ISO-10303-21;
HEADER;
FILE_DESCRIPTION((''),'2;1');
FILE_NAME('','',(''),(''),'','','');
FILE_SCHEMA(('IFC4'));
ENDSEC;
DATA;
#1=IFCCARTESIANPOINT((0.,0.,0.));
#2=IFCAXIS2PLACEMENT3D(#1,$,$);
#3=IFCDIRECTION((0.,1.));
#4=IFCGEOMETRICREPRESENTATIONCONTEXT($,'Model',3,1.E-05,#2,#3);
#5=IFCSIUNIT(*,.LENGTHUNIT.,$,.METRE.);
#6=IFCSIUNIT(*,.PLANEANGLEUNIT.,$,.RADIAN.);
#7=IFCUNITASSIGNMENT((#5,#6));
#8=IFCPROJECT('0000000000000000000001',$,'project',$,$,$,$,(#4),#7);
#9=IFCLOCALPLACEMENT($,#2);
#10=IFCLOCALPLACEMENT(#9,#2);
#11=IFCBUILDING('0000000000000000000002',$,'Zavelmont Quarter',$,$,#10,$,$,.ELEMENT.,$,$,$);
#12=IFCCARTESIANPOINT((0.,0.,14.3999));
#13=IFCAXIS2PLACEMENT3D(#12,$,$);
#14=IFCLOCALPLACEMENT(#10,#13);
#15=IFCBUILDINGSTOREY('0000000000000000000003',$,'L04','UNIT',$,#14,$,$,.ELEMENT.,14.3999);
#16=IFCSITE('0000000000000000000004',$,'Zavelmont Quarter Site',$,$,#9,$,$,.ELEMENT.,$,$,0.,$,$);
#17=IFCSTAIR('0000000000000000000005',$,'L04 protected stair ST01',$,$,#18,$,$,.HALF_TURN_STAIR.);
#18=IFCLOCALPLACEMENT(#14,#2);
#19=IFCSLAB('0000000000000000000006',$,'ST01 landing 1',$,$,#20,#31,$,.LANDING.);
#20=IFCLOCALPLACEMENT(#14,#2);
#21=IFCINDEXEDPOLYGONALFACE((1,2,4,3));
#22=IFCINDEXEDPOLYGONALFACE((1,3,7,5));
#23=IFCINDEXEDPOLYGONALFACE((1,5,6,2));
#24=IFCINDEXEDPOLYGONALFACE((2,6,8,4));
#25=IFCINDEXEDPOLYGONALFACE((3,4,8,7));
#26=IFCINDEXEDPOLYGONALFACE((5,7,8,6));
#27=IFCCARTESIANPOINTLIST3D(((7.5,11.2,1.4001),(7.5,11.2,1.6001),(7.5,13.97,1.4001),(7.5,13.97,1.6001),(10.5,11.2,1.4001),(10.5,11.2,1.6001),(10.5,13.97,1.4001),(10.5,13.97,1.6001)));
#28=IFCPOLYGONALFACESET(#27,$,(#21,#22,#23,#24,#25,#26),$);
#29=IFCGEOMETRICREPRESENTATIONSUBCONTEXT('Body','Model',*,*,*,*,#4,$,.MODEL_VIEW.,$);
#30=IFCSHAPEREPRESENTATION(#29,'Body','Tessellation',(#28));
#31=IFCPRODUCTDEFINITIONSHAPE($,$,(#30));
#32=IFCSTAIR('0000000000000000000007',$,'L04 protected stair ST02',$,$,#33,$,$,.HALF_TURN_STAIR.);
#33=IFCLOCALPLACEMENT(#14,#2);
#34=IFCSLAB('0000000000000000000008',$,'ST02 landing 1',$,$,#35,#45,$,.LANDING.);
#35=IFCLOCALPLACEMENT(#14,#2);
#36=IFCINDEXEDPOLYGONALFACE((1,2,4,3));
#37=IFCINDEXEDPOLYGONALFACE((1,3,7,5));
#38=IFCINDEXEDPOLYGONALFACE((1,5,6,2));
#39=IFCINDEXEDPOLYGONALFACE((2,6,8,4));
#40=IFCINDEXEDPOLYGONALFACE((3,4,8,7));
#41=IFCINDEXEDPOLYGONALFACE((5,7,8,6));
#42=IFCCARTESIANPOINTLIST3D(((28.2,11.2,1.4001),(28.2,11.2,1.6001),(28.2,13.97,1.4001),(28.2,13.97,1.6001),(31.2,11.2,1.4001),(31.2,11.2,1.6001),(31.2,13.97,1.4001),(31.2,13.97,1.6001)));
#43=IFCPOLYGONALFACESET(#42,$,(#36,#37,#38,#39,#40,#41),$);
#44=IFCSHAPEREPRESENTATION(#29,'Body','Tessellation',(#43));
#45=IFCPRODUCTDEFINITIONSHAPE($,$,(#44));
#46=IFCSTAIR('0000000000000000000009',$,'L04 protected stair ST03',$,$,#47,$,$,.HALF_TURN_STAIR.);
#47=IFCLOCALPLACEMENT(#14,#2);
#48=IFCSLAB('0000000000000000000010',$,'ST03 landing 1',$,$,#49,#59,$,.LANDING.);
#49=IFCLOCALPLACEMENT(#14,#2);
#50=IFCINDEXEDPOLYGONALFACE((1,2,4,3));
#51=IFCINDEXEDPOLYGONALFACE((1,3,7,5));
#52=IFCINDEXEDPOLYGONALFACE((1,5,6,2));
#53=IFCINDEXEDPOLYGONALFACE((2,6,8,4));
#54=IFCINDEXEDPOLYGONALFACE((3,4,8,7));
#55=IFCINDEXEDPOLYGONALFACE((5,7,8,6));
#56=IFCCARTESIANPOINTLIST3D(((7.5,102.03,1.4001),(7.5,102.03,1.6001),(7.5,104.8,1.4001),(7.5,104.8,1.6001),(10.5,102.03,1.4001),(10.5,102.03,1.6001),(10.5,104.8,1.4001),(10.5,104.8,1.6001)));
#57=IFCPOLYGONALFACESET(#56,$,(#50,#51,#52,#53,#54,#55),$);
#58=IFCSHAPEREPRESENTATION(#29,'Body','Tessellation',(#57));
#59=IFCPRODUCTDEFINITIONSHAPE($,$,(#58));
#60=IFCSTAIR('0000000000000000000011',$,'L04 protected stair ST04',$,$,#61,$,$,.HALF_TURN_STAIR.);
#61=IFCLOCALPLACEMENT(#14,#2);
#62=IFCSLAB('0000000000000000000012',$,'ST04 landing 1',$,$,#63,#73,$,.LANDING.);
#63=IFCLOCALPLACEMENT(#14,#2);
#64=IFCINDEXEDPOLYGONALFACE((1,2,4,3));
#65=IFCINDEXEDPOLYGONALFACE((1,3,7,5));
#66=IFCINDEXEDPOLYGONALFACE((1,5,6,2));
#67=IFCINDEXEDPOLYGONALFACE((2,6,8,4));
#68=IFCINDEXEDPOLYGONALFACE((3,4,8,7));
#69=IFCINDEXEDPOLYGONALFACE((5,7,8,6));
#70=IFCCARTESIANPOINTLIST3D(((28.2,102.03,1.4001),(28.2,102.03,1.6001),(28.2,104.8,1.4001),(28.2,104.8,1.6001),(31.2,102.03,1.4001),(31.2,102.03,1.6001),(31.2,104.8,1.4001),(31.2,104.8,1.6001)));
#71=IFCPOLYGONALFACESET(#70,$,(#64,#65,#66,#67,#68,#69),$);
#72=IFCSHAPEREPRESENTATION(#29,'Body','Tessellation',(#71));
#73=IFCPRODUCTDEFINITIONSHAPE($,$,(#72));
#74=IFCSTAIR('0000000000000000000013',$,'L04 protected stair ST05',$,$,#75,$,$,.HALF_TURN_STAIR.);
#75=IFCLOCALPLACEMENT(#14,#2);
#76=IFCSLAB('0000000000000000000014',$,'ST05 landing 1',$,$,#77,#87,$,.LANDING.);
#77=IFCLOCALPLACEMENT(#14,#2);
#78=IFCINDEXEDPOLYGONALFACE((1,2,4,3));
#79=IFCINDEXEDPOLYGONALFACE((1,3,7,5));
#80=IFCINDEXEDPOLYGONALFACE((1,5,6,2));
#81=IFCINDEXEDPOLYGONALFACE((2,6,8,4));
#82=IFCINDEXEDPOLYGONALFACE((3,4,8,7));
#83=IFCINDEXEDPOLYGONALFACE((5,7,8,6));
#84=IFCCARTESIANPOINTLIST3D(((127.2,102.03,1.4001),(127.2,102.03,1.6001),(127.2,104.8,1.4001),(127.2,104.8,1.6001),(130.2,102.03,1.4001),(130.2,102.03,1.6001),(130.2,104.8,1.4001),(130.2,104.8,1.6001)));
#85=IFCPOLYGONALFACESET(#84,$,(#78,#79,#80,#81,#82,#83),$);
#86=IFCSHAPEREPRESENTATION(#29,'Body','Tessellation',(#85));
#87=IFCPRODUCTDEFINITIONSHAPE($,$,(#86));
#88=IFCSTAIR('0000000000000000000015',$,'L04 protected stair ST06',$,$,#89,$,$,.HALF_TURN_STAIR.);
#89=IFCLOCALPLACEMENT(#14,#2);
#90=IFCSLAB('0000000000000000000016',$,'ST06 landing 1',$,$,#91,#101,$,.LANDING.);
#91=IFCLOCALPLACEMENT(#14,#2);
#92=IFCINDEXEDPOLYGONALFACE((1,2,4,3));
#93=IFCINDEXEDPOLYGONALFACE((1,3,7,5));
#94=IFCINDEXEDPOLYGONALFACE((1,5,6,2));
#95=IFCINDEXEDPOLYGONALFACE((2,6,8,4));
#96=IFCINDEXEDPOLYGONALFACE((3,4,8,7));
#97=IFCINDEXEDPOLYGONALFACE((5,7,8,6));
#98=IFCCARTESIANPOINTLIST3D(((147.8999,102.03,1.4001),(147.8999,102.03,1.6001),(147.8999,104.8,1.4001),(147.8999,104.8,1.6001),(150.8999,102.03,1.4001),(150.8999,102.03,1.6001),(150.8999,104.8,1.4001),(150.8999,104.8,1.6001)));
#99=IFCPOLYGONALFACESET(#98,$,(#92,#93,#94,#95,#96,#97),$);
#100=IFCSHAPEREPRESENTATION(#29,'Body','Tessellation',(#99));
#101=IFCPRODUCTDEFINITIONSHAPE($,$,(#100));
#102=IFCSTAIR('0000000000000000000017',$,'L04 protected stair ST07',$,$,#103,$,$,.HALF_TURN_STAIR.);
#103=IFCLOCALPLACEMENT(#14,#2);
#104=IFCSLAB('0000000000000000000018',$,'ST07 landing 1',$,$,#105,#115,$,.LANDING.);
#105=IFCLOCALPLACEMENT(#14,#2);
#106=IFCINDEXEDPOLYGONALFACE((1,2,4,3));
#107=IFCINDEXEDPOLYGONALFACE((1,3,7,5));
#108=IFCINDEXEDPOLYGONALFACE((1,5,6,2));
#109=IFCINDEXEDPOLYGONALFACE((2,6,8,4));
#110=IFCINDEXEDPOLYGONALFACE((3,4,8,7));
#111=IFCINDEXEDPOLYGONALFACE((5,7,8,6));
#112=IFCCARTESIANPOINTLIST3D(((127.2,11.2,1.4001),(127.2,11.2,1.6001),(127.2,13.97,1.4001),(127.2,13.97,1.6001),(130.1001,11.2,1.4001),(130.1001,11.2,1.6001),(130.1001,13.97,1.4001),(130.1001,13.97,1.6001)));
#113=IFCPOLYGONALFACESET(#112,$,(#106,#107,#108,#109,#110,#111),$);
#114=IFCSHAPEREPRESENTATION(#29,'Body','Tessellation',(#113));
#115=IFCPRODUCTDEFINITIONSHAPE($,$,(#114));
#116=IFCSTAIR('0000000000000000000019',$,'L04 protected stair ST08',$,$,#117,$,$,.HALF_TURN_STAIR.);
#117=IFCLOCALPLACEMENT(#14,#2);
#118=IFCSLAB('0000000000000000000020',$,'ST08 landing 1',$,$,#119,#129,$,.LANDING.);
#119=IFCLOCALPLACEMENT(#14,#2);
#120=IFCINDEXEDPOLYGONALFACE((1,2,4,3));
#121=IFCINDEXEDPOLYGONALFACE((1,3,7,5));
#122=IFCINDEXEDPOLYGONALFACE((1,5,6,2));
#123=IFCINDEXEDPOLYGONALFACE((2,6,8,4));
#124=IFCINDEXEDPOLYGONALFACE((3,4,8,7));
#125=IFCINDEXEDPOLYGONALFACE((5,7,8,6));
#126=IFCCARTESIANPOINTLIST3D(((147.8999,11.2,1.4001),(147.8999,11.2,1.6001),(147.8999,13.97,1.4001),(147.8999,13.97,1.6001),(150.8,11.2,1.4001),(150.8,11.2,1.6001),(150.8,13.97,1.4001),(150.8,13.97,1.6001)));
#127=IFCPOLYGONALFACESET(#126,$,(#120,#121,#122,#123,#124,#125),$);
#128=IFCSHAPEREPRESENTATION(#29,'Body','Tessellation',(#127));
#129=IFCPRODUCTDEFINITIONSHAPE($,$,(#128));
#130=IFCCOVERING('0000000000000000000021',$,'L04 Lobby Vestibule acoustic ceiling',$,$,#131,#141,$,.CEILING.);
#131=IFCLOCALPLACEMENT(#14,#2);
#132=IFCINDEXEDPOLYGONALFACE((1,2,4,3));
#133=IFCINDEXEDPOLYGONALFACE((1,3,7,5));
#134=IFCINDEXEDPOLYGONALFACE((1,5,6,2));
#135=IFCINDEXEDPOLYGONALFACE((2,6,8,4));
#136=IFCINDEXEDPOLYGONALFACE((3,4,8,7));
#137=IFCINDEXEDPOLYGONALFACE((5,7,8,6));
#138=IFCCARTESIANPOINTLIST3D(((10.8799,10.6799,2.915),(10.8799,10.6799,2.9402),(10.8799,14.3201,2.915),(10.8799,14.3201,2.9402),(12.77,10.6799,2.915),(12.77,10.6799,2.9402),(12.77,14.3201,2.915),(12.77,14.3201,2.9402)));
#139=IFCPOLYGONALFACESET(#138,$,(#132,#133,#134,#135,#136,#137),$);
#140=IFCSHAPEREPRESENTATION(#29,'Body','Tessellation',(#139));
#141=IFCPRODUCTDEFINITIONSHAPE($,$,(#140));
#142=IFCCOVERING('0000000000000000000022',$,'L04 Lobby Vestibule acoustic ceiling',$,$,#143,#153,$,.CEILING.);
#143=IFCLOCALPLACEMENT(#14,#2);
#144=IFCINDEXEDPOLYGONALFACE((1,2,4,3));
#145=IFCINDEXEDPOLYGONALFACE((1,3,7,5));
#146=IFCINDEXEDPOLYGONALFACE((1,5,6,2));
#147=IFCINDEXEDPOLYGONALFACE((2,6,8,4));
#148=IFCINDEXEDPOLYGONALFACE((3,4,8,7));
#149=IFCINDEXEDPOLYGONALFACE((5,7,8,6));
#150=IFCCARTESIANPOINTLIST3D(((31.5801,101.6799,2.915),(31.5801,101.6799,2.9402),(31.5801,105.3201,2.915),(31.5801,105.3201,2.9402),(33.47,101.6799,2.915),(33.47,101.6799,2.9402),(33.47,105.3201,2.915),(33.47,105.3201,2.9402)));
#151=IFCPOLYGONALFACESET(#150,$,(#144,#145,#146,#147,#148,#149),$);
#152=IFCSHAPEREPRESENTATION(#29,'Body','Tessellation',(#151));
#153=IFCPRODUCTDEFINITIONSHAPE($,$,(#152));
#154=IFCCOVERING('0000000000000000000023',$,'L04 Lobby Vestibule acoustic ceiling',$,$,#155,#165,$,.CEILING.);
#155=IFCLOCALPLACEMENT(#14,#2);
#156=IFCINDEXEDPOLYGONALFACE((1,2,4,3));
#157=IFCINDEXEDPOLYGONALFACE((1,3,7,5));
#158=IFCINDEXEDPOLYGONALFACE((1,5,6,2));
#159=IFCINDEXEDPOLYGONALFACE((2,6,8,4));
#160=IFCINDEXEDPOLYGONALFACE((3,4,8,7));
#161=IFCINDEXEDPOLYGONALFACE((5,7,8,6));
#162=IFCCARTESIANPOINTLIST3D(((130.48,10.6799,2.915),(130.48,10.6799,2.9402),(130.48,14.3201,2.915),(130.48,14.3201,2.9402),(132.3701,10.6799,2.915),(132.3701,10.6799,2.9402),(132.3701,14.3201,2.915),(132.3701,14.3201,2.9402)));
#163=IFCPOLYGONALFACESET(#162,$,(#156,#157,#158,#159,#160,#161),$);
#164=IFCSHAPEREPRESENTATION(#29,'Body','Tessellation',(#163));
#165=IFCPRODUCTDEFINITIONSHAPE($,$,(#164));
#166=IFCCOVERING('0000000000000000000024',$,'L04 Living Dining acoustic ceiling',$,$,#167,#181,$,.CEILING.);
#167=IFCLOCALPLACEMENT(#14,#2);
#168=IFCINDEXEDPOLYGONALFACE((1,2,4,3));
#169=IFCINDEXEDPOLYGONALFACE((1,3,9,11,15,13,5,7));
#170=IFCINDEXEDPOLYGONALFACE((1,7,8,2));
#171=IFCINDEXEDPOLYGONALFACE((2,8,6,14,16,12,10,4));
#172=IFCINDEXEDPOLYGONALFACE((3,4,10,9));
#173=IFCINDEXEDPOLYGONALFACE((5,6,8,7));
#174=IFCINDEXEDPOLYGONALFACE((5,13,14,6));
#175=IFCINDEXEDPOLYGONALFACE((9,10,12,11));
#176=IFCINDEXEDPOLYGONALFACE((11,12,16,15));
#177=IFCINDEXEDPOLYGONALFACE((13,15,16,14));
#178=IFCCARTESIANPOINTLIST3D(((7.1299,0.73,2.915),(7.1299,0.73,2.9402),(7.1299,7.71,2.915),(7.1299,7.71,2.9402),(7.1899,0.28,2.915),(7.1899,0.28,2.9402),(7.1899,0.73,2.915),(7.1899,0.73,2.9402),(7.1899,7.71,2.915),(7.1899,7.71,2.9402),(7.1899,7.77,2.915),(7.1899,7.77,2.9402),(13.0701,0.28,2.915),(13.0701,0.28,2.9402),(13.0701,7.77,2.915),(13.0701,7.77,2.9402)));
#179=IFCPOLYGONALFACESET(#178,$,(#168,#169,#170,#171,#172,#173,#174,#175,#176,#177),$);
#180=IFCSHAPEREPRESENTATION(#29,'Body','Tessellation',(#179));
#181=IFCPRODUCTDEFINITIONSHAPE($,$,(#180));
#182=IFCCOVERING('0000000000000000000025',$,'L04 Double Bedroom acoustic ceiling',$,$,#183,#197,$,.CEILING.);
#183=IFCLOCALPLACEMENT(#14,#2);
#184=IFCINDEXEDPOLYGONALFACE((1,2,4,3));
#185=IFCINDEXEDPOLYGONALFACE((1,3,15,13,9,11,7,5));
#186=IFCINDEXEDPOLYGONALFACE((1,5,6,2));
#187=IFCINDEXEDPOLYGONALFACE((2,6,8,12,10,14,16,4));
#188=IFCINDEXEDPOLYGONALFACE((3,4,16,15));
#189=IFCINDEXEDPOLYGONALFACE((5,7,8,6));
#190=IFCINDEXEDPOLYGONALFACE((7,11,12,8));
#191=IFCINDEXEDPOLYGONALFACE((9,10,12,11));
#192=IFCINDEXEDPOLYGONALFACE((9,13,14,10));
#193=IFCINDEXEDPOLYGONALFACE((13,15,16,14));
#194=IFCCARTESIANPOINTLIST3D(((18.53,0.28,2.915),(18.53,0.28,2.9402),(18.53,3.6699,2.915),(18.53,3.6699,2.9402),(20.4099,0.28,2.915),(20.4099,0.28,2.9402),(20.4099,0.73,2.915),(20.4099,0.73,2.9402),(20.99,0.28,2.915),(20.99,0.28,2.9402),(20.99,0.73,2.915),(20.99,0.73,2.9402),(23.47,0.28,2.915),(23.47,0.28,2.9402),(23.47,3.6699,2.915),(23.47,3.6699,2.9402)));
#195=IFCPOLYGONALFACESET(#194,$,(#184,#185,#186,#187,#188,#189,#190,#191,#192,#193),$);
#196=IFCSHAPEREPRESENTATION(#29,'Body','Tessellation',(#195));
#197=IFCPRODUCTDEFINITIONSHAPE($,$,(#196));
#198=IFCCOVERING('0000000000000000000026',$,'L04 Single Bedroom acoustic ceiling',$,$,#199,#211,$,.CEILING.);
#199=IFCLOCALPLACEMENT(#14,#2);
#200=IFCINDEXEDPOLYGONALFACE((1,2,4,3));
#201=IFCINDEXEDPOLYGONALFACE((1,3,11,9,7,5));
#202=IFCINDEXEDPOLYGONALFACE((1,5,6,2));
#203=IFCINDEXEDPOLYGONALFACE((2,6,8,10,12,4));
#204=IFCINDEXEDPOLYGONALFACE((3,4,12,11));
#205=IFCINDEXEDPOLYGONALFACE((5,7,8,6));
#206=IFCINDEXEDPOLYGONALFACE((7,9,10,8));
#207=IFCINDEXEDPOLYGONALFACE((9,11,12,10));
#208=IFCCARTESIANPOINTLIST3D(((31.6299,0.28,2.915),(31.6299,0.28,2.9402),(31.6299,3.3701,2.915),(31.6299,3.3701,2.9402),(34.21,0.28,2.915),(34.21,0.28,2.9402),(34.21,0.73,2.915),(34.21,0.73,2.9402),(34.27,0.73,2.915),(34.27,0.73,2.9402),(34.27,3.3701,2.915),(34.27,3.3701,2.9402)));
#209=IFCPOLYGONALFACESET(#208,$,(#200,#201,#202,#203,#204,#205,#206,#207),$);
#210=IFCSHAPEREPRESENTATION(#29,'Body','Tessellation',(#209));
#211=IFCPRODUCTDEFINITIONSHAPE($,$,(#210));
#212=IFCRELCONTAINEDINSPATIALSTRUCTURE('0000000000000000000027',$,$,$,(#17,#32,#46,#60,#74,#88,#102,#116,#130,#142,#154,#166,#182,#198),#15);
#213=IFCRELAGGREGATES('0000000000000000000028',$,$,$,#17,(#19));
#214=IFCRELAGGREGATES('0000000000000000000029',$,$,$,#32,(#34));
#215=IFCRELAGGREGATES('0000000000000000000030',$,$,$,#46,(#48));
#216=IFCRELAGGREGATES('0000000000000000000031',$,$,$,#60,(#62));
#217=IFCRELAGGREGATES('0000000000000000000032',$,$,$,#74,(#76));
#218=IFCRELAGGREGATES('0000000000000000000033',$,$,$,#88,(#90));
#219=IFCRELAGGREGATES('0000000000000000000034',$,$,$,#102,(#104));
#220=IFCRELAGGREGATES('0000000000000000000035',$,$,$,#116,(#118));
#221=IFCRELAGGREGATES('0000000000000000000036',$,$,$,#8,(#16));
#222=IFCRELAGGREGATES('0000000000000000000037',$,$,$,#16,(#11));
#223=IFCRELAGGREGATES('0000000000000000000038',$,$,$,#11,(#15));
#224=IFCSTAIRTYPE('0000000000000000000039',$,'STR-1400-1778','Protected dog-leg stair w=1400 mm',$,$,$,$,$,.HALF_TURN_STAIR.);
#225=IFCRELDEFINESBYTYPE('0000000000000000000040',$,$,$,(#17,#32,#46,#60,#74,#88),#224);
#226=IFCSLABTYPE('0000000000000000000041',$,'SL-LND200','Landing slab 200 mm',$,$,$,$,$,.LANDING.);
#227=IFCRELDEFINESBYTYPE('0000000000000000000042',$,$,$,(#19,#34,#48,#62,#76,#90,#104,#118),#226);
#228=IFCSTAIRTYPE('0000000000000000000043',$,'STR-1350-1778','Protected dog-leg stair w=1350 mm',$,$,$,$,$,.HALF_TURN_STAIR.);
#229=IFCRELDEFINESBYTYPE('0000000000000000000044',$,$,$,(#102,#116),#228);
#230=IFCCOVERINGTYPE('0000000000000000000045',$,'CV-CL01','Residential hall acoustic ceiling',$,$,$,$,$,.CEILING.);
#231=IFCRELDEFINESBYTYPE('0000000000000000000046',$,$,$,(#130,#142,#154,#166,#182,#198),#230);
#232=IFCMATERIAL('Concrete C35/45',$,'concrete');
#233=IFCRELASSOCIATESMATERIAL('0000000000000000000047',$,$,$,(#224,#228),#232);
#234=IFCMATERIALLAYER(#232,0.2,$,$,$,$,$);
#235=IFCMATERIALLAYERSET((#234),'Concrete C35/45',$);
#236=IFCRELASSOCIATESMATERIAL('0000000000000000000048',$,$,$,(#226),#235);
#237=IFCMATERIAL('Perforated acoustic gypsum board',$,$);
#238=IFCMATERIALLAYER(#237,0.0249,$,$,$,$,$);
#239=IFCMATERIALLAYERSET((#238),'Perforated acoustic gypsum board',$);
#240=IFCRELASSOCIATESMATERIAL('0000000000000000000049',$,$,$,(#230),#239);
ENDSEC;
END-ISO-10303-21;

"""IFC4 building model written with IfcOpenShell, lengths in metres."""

from ifc_helpers import new_model, si_unit, direction, frame, origin, place, context, subcontext, project, spatial, polyline, outline, extrude, material, layer, layer_set, type_object, element, aggregate, save


model = new_model("IFC4")

# Units and contexts
model_context = context("Model", 3, precision=1e-05, world=origin(), true_north=direction((0.0, 1.0)))
body_context = subcontext(model_context, "Body", "Model", "MODEL_VIEW")
ifc_project = project(units=[si_unit("LENGTHUNIT", "METRE"), si_unit("PLANEANGLEUNIT", "RADIAN")], contexts=[model_context])

# Site, building, storey
site_placement = place(None, origin())
site = spatial("IfcSite", under=ifc_project, at=site_placement, Name="Zavelmont Quarter Site", CompositionType="ELEMENT", RefElevation=0.0)
building_placement = place(site_placement, origin())
building = spatial("IfcBuilding", under=site, at=building_placement, Name="Zavelmont Quarter", CompositionType="ELEMENT")
storey_placement = place(building_placement, frame((0.0, 0.0, 14.3999)))
storey = spatial("IfcBuildingStorey", under=building, at=storey_placement, Name="L04", Description="UNIT", CompositionType="ELEMENT", Elevation=14.3999)

# Stairs, slabs
ifc_material_1 = material(Name="Concrete C35/45", Category="concrete")
stair_type_1 = type_object("IfcStairType", Name="STR-1400-1778", Description="Protected dog-leg stair w=1400 mm", PredefinedType="HALF_TURN_STAIR", material=ifc_material_1)
stair_1_placement = place(storey_placement, origin())
stair_1 = element("IfcStair", 1, at=stair_1_placement, inside=storey, type_object=stair_type_1, Name="L04 protected stair ST01", PredefinedType="HALF_TURN_STAIR")
ifc_layer_1 = layer(ifc_material_1, 0.2)
ifc_layer_set_1 = layer_set([ifc_layer_1], Name="Concrete C35/45")
slab_type = type_object("IfcSlabType", Name="SL-LND200", Description="Landing slab 200 mm", PredefinedType="LANDING", material=ifc_layer_set_1)
slab_1_placement = place(storey_placement, frame((0.0, 0.0, 1.4001)))
slab_1 = element("IfcSlab", 2, at=slab_1_placement, type_object=slab_type, Name="ST01 landing 1", PredefinedType="LANDING", context=body_context, shape_type="SweptSolid", body=[
    extrude(outline(polyline([(7.5, 13.97), (7.5, 11.2), (10.5, 11.2), (10.5, 13.97), (7.5, 13.97)])), origin(), (0.0, 0.0, 1.0), 0.2),
])
aggregate(stair_1, [slab_1])
stair_2_placement = place(storey_placement, origin())
stair_2 = element("IfcStair", 3, at=stair_2_placement, inside=storey, type_object=stair_type_1, Name="L04 protected stair ST02", PredefinedType="HALF_TURN_STAIR")
slab_2_placement = place(storey_placement, frame((0.0, 0.0, 1.4001)))
slab_2 = element("IfcSlab", 4, at=slab_2_placement, type_object=slab_type, Name="ST02 landing 1", PredefinedType="LANDING", context=body_context, shape_type="SweptSolid", body=[
    extrude(outline(polyline([(28.2, 13.97), (28.2, 11.2), (31.2, 11.2), (31.2, 13.97), (28.2, 13.97)])), origin(), (0.0, 0.0, 1.0), 0.2),
])
aggregate(stair_2, [slab_2])
stair_3_placement = place(storey_placement, origin())
stair_3 = element("IfcStair", 5, at=stair_3_placement, inside=storey, type_object=stair_type_1, Name="L04 protected stair ST03", PredefinedType="HALF_TURN_STAIR")
slab_3_placement = place(storey_placement, frame((0.0, 0.0, 1.4001)))
slab_3 = element("IfcSlab", 6, at=slab_3_placement, type_object=slab_type, Name="ST03 landing 1", PredefinedType="LANDING", context=body_context, shape_type="SweptSolid", body=[
    extrude(outline(polyline([(10.5, 102.03), (10.5, 104.8), (7.5, 104.8), (7.5, 102.03), (10.5, 102.03)])), origin(), (0.0, 0.0, 1.0), 0.2),
])
aggregate(stair_3, [slab_3])
stair_4_placement = place(storey_placement, origin())
stair_4 = element("IfcStair", 7, at=stair_4_placement, inside=storey, type_object=stair_type_1, Name="L04 protected stair ST04", PredefinedType="HALF_TURN_STAIR")
slab_4_placement = place(storey_placement, frame((0.0, 0.0, 1.4001)))
slab_4 = element("IfcSlab", 8, at=slab_4_placement, type_object=slab_type, Name="ST04 landing 1", PredefinedType="LANDING", context=body_context, shape_type="SweptSolid", body=[
    extrude(outline(polyline([(31.2, 102.03), (31.2, 104.8), (28.2, 104.8), (28.2, 102.03), (31.2, 102.03)])), origin(), (0.0, 0.0, 1.0), 0.2),
])
aggregate(stair_4, [slab_4])
stair_5_placement = place(storey_placement, origin())
stair_5 = element("IfcStair", 9, at=stair_5_placement, inside=storey, type_object=stair_type_1, Name="L04 protected stair ST05", PredefinedType="HALF_TURN_STAIR")
slab_5_placement = place(storey_placement, frame((0.0, 0.0, 1.4001)))
slab_5 = element("IfcSlab", 10, at=slab_5_placement, type_object=slab_type, Name="ST05 landing 1", PredefinedType="LANDING", context=body_context, shape_type="SweptSolid", body=[
    extrude(outline(polyline([(130.2, 102.03), (130.2, 104.8), (127.2, 104.8), (127.2, 102.03), (130.2, 102.03)])), origin(), (0.0, 0.0, 1.0), 0.2),
])
aggregate(stair_5, [slab_5])
stair_6_placement = place(storey_placement, origin())
stair_6 = element("IfcStair", 11, at=stair_6_placement, inside=storey, type_object=stair_type_1, Name="L04 protected stair ST06", PredefinedType="HALF_TURN_STAIR")
slab_6_placement = place(storey_placement, frame((0.0, 0.0, 1.4001)))
slab_6 = element("IfcSlab", 12, at=slab_6_placement, type_object=slab_type, Name="ST06 landing 1", PredefinedType="LANDING", context=body_context, shape_type="SweptSolid", body=[
    extrude(outline(polyline([(150.8999, 102.03), (150.8999, 104.8), (147.8999, 104.8), (147.8999, 102.03), (150.8999, 102.03)])), origin(), (0.0, 0.0, 1.0), 0.2),
])
aggregate(stair_6, [slab_6])
stair_type_2 = type_object("IfcStairType", Name="STR-1350-1778", Description="Protected dog-leg stair w=1350 mm", PredefinedType="HALF_TURN_STAIR", material=ifc_material_1)
stair_7_placement = place(storey_placement, origin())
stair_7 = element("IfcStair", 13, at=stair_7_placement, inside=storey, type_object=stair_type_2, Name="L04 protected stair ST07", PredefinedType="HALF_TURN_STAIR")
slab_7_placement = place(storey_placement, frame((0.0, 0.0, 1.4001)))
slab_7 = element("IfcSlab", 14, at=slab_7_placement, type_object=slab_type, Name="ST07 landing 1", PredefinedType="LANDING", context=body_context, shape_type="SweptSolid", body=[
    extrude(outline(polyline([(127.2, 13.97), (127.2, 11.2), (130.1001, 11.2), (130.1001, 13.97), (127.2, 13.97)])), origin(), (0.0, 0.0, 1.0), 0.2),
])
aggregate(stair_7, [slab_7])
stair_8_placement = place(storey_placement, origin())
stair_8 = element("IfcStair", 15, at=stair_8_placement, inside=storey, type_object=stair_type_2, Name="L04 protected stair ST08", PredefinedType="HALF_TURN_STAIR")
slab_8_placement = place(storey_placement, frame((0.0, 0.0, 1.4001)))
slab_8 = element("IfcSlab", 16, at=slab_8_placement, type_object=slab_type, Name="ST08 landing 1", PredefinedType="LANDING", context=body_context, shape_type="SweptSolid", body=[
    extrude(outline(polyline([(147.8999, 13.97), (147.8999, 11.2), (150.8, 11.2), (150.8, 13.97), (147.8999, 13.97)])), origin(), (0.0, 0.0, 1.0), 0.2),
])
aggregate(stair_8, [slab_8])

# Coverings
ifc_material_2 = material(Name="Perforated acoustic gypsum board")
ifc_layer_2 = layer(ifc_material_2, 0.0249)
ifc_layer_set_2 = layer_set([ifc_layer_2], Name="Perforated acoustic gypsum board")
covering_type_1 = type_object("IfcCoveringType", Name="CV-CL01", Description="Residential hall acoustic ceiling", PredefinedType="CEILING", material=ifc_layer_set_2)
covering_1_placement = place(storey_placement, frame((0.0, 0.0, 2.915)))
element("IfcCovering", 17, at=covering_1_placement, inside=storey, type_object=covering_type_1, Name="L04 Lobby Vestibule acoustic ceiling", PredefinedType="CEILING", context=body_context, shape_type="SweptSolid", body=[
    extrude(outline(polyline([(10.8799, 14.3201), (12.77, 14.3201), (12.77, 10.6799), (10.8799, 10.6799), (10.8799, 14.3201)])), origin(), (0.0, 0.0, 1.0), 0.0251),
])
covering_2_placement = place(storey_placement, frame((0.0, 0.0, 2.915)))
element("IfcCovering", 18, at=covering_2_placement, inside=storey, type_object=covering_type_1, Name="L04 Lobby Vestibule acoustic ceiling", PredefinedType="CEILING", context=body_context, shape_type="SweptSolid", body=[
    extrude(outline(polyline([(31.5801, 105.3201), (33.47, 105.3201), (33.47, 101.6799), (31.5801, 101.6799), (31.5801, 105.3201)])), origin(), (0.0, 0.0, 1.0), 0.0251),
])
covering_3_placement = place(storey_placement, frame((0.0, 0.0, 2.915)))
element("IfcCovering", 19, at=covering_3_placement, inside=storey, type_object=covering_type_1, Name="L04 Lobby Vestibule acoustic ceiling", PredefinedType="CEILING", context=body_context, shape_type="SweptSolid", body=[
    extrude(outline(polyline([(130.48, 14.3201), (132.3701, 14.3201), (132.3701, 10.6799), (130.48, 10.6799), (130.48, 14.3201)])), origin(), (0.0, 0.0, 1.0), 0.0251),
])
covering_4_placement = place(storey_placement, frame((0.0, 0.0, 2.915)))
element("IfcCovering", 20, at=covering_4_placement, inside=storey, type_object=covering_type_1, Name="L04 Living Dining acoustic ceiling", PredefinedType="CEILING", context=body_context, shape_type="SweptSolid", body=[
    extrude(outline(polyline([(7.1299, 7.71), (7.1899, 7.71), (7.1899, 7.77), (13.0701, 7.77), (13.0701, 0.28), (7.1899, 0.28), (7.1899, 0.73), (7.1299, 0.73), (7.1299, 7.71)])), origin(), (0.0, 0.0, 1.0), 0.0251),
])
covering_5_placement = place(storey_placement, frame((0.0, 0.0, 2.915)))
element("IfcCovering", 21, at=covering_5_placement, inside=storey, type_object=covering_type_1, Name="L04 Double Bedroom acoustic ceiling", PredefinedType="CEILING", context=body_context, shape_type="SweptSolid", body=[
    extrude(outline(polyline([(18.53, 3.6699), (23.47, 3.6699), (23.47, 0.28), (20.99, 0.28), (20.99, 0.73), (20.4099, 0.73), (20.4099, 0.28), (18.53, 0.28), (18.53, 3.6699)])), origin(), (0.0, 0.0, 1.0), 0.0251),
])
covering_6_placement = place(storey_placement, frame((0.0, 0.0, 2.915)))
element("IfcCovering", 22, at=covering_6_placement, inside=storey, type_object=covering_type_1, Name="L04 Single Bedroom acoustic ceiling", PredefinedType="CEILING", context=body_context, shape_type="SweptSolid", body=[
    extrude(outline(polyline([(31.6299, 3.3701), (34.27, 3.3701), (34.27, 0.73), (34.21, 0.73), (34.21, 0.28), (31.6299, 0.28), (31.6299, 3.3701)])), origin(), (0.0, 0.0, 1.0), 0.0251),
])

save(model, "model.ifc")
